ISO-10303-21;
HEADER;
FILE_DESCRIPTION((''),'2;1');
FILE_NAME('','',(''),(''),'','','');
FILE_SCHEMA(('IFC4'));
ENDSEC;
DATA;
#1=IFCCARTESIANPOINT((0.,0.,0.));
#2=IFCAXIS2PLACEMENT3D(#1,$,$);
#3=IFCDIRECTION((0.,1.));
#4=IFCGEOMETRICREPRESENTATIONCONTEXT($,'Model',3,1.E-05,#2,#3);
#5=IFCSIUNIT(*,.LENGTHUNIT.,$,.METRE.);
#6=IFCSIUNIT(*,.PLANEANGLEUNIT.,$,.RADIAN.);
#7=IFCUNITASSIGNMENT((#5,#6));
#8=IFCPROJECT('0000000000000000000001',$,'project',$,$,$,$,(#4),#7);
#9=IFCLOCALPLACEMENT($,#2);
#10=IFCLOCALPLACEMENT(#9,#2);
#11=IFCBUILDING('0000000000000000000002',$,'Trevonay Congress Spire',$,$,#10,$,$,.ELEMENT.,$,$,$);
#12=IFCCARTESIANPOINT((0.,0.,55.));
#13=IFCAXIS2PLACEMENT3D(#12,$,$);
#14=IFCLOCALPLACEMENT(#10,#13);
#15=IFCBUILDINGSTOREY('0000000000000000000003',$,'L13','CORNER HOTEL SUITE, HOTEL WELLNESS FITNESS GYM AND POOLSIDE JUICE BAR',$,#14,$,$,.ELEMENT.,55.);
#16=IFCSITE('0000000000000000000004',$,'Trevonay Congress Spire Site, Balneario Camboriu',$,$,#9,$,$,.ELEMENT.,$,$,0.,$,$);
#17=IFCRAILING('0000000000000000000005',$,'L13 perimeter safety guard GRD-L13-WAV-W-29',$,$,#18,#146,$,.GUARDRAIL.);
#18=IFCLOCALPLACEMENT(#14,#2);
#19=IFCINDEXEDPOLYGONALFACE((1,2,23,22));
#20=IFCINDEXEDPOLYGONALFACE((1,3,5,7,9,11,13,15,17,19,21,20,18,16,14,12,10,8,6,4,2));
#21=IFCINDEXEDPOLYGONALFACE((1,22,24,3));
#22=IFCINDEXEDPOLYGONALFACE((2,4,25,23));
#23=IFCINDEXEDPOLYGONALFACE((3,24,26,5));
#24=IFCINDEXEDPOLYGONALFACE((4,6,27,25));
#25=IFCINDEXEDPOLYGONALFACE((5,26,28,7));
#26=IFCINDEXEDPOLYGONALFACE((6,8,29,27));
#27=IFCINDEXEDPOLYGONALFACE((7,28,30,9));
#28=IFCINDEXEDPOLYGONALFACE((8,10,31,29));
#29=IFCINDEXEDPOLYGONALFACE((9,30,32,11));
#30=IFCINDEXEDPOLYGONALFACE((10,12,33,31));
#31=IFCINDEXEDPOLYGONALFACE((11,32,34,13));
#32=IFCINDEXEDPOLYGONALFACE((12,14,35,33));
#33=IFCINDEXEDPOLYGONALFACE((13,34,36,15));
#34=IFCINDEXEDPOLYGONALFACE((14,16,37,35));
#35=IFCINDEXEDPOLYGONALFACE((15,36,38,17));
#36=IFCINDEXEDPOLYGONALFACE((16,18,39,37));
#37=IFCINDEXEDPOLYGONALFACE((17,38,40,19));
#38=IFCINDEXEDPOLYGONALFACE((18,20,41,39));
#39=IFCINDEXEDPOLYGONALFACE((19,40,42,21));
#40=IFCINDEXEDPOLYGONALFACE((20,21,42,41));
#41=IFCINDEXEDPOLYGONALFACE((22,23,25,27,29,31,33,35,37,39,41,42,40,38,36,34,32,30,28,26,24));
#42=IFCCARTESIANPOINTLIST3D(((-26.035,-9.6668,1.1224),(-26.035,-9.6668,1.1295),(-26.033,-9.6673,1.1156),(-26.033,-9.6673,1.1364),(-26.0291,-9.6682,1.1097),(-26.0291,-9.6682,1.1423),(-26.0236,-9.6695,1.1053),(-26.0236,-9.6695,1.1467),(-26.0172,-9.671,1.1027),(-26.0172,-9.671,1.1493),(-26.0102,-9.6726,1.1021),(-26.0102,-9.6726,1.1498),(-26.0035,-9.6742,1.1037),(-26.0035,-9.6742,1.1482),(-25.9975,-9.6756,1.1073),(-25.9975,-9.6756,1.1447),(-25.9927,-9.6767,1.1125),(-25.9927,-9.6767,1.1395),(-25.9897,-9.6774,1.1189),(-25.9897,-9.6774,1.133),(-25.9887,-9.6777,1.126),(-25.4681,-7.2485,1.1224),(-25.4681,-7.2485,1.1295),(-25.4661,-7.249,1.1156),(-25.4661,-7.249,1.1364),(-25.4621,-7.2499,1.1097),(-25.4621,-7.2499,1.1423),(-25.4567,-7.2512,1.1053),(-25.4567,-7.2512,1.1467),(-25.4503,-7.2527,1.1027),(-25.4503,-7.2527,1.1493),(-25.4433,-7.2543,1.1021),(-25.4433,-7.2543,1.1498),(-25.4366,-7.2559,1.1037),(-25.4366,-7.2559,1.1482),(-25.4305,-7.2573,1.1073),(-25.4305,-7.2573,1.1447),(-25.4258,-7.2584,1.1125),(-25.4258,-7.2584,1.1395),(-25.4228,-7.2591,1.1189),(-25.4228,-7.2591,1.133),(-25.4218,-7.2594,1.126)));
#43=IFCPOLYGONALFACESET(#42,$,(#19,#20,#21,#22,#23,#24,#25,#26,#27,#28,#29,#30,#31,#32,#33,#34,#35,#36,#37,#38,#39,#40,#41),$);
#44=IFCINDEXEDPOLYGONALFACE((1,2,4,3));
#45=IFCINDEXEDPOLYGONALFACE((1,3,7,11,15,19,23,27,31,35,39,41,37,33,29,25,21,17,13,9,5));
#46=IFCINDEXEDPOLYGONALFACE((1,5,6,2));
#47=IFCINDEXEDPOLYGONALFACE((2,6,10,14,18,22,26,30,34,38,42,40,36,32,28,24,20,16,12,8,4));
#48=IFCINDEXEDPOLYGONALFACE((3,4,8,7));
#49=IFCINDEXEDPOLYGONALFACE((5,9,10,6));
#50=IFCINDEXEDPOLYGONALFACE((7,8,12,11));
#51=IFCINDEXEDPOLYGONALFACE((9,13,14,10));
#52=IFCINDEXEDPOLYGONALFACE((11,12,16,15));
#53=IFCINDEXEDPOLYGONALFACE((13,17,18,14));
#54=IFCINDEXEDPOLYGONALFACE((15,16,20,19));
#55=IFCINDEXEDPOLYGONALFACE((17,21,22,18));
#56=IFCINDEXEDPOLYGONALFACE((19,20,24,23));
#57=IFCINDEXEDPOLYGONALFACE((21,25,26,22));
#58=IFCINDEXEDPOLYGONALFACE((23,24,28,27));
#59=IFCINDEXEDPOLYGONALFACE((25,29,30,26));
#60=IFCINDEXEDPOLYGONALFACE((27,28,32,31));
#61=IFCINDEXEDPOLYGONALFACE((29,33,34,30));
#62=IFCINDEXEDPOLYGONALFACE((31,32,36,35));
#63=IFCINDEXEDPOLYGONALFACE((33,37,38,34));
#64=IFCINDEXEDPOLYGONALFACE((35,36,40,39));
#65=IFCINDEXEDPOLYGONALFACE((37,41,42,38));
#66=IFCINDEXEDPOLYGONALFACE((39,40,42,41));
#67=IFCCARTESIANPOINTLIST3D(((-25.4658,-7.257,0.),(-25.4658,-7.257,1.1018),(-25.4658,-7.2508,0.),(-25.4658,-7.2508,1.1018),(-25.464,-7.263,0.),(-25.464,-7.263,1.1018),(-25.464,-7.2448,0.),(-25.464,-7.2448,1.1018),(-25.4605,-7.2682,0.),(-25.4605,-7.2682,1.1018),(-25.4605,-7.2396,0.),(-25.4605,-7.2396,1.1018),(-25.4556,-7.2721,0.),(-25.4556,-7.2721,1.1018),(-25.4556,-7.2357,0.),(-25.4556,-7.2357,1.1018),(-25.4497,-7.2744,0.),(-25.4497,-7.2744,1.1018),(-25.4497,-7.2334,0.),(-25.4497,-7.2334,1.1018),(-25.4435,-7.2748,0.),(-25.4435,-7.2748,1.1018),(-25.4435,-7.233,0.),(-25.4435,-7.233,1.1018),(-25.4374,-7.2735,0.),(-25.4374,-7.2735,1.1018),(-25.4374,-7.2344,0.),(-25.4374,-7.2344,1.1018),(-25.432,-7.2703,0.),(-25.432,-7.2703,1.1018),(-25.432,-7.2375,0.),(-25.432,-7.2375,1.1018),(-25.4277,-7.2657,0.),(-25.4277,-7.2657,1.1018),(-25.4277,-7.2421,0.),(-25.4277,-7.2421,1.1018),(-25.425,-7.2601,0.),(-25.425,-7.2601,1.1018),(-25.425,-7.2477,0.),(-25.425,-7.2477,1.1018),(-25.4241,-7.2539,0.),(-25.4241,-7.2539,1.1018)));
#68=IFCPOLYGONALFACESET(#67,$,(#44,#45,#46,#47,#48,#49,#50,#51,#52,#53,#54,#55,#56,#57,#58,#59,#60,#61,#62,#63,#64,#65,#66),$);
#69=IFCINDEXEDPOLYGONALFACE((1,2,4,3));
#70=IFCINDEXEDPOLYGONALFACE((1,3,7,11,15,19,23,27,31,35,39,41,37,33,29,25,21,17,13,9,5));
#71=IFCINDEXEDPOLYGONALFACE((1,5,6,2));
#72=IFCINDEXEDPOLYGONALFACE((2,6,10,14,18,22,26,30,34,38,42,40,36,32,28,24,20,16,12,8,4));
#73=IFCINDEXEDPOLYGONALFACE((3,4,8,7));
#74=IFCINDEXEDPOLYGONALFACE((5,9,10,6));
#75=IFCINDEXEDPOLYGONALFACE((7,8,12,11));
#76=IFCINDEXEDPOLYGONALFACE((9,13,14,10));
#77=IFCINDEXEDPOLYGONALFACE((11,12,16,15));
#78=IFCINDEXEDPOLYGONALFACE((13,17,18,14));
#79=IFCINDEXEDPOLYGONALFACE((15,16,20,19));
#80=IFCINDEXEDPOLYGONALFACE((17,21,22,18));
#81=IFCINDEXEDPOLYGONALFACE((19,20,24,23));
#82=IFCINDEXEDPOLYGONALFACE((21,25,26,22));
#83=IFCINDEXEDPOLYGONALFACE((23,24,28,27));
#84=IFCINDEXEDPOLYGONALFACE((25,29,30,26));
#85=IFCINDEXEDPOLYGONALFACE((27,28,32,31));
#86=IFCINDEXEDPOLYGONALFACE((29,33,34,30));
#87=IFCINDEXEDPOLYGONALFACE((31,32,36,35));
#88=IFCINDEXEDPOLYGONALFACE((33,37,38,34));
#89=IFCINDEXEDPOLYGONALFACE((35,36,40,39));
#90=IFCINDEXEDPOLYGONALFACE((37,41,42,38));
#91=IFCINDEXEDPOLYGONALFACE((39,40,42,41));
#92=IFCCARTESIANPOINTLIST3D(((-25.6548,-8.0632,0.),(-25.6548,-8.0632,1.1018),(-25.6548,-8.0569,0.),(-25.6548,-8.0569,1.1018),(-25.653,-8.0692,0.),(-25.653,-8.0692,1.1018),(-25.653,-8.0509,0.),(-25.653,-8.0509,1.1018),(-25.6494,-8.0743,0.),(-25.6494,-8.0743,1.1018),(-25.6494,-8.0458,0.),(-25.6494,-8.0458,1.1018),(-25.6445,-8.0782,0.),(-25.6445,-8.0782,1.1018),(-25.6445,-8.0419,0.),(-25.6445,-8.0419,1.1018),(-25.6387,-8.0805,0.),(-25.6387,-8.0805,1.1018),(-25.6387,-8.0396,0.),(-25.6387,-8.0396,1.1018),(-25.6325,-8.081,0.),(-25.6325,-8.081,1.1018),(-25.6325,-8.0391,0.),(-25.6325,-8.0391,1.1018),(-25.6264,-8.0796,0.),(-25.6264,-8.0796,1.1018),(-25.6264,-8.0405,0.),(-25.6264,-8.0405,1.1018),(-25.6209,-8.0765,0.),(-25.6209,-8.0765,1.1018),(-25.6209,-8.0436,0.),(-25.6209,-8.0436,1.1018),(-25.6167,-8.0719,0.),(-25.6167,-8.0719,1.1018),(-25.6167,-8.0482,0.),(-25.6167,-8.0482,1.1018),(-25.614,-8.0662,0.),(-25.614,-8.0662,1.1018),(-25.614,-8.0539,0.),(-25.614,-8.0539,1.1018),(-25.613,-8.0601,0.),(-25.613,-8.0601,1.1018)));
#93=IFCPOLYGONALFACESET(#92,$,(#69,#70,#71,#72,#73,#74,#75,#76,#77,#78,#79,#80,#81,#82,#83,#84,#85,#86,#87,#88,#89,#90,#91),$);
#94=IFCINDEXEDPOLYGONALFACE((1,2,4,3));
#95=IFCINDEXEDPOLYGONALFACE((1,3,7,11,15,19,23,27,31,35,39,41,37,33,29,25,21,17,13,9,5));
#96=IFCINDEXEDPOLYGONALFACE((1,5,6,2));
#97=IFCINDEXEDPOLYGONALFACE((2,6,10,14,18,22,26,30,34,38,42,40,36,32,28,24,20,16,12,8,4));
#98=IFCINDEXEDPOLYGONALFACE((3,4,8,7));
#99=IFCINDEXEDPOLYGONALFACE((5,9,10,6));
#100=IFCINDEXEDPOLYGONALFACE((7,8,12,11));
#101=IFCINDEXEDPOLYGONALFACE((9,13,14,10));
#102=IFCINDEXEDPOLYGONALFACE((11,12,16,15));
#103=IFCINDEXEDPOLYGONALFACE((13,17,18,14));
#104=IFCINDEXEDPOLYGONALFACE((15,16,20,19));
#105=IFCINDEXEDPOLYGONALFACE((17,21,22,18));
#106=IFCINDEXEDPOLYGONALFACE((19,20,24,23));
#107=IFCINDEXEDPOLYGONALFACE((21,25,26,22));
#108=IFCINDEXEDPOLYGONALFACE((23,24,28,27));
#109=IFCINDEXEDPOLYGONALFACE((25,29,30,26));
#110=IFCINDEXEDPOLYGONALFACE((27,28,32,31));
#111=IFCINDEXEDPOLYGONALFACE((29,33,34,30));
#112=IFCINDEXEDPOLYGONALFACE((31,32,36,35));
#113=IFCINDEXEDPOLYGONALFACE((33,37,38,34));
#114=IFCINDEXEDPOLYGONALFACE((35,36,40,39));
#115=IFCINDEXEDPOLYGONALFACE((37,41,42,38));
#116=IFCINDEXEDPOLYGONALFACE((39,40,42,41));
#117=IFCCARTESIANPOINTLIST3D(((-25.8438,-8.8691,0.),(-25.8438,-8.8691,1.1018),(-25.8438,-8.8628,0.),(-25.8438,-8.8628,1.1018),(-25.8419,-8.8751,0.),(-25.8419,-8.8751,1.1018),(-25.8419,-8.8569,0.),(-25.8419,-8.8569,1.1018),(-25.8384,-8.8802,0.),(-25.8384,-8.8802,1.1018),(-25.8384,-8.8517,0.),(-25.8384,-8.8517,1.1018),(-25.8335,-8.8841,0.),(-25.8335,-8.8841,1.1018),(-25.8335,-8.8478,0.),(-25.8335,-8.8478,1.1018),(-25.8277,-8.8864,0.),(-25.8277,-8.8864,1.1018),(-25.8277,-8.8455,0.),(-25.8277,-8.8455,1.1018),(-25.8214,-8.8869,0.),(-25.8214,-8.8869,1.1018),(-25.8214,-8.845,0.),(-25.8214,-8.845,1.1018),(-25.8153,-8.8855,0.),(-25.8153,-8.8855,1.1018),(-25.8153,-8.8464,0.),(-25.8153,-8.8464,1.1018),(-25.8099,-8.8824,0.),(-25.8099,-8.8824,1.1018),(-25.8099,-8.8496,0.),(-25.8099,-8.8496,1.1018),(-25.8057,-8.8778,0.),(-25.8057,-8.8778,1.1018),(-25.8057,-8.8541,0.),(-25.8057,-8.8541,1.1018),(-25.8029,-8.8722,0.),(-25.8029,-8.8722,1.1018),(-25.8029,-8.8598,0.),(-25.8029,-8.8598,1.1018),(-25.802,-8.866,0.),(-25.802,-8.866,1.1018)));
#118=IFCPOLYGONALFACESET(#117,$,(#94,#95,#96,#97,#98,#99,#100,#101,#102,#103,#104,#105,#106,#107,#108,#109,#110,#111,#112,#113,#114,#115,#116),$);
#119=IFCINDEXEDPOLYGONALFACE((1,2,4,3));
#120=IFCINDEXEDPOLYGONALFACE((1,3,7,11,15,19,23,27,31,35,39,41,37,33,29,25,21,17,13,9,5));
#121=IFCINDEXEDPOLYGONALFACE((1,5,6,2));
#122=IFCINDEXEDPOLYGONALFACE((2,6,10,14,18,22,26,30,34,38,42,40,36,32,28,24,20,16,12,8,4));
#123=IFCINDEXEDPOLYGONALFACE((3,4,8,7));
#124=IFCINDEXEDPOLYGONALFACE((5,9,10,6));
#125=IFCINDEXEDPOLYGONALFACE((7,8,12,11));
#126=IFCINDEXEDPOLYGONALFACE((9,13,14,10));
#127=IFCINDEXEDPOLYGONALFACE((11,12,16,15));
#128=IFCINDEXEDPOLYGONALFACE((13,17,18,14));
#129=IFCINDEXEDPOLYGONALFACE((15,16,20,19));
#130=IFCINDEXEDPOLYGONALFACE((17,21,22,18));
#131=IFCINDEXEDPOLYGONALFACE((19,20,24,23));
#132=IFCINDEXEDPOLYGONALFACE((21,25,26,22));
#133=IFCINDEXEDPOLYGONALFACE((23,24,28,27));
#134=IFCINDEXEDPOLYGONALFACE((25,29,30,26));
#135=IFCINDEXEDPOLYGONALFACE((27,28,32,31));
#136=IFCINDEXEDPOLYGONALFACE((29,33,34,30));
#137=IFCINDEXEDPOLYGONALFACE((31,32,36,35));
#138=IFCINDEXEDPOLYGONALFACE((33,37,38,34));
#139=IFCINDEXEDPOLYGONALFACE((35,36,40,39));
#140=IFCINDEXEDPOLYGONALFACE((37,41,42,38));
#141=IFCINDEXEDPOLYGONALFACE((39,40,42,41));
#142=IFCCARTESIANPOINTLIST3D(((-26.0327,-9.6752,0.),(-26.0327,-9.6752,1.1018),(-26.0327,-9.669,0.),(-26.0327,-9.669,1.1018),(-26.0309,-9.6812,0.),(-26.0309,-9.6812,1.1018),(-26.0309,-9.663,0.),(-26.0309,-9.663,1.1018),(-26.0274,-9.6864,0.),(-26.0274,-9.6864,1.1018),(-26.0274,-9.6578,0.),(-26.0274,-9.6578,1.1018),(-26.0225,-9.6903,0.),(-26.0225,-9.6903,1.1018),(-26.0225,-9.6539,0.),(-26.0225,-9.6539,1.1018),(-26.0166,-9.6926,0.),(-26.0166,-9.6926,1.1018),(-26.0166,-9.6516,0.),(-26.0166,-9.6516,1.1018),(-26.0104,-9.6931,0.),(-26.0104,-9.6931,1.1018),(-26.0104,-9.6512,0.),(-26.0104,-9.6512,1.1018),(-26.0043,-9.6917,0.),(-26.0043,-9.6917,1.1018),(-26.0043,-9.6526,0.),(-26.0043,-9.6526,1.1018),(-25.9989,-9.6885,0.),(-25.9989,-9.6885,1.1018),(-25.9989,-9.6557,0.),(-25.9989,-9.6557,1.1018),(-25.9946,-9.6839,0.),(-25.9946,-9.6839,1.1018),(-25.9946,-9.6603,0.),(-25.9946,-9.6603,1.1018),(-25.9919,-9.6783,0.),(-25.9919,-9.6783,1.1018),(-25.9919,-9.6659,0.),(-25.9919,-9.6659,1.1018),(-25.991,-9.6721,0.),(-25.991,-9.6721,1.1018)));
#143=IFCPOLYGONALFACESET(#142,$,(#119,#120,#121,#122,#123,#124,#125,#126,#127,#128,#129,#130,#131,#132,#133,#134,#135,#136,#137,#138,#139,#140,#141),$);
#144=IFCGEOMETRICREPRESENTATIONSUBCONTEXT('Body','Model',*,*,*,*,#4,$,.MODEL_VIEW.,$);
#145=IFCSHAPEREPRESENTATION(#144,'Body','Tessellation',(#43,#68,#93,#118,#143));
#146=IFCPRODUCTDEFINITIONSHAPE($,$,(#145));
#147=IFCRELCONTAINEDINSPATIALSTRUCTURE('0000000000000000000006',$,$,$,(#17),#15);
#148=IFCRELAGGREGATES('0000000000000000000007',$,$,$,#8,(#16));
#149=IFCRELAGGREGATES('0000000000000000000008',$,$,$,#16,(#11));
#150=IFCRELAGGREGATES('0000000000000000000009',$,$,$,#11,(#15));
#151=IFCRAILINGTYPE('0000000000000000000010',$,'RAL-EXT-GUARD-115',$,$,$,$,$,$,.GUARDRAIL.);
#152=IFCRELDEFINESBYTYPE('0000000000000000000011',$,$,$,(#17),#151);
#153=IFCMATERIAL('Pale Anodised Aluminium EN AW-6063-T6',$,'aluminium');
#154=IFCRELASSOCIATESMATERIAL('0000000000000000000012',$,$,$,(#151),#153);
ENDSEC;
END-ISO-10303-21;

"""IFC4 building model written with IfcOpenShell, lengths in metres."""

from ifc_helpers import new_model, si_unit, direction, frame, origin, origin_2d, place, context, subcontext, project, spatial, circle, extrude, material, type_object, element, save


model = new_model("IFC4")

# Units and contexts
model_context = context("Model", 3, precision=1e-05, world=origin(), true_north=direction((0.0, 1.0)))
body_context = subcontext(model_context, "Body", "Model", "MODEL_VIEW")
ifc_project = project(units=[si_unit("LENGTHUNIT", "METRE"), si_unit("PLANEANGLEUNIT", "RADIAN")], contexts=[model_context])

# Site, building, storey
site_placement = place(None, origin())
site = spatial("IfcSite", under=ifc_project, at=site_placement, Name="Trevonay Congress Spire Site, Balneario Camboriu", CompositionType="ELEMENT", RefElevation=0.0)
building_placement = place(site_placement, origin())
building = spatial("IfcBuilding", under=site, at=building_placement, Name="Trevonay Congress Spire", CompositionType="ELEMENT")
storey_placement = place(building_placement, frame((0.0, 0.0, 55.0)))
storey = spatial("IfcBuildingStorey", under=building, at=storey_placement, Name="L13", Description="CORNER HOTEL SUITE, HOTEL WELLNESS FITNESS GYM AND POOLSIDE JUICE BAR", CompositionType="ELEMENT", Elevation=55.0)

# Shared definitions
ifc_material_1 = material(Name="Pale Anodised Aluminium EN AW-6063-T6", Category="aluminium")

# Railing
railing_type = type_object("IfcRailingType", Name="RAL-EXT-GUARD-115", PredefinedType="GUARDRAIL", material=ifc_material_1)
railing_1_placement = place(storey_placement, frame((-25.4451, -7.2539, 0.0)))
element("IfcRailing", 1, at=railing_1_placement, inside=storey, type_object=railing_type, Name="L13 perimeter safety guard GRD-L13-WAV-W-29", PredefinedType="GUARDRAIL", context=body_context, shape_type="SweptSolid", body=[
    extrude(circle(Radius=0.0239, at=origin_2d()), frame((0.0, 0.0, 1.126), z_axis=(-0.228239, -0.973605, 0.0), x_axis=(0.973605, -0.228239, 0.0)), (0.0, 0.0, 1.0), 2.4839),
    extrude(circle(Radius=0.021, at=origin_2d()), origin(), (0.0, 0.0, 1.0), 1.1018),
    extrude(circle(Radius=0.021, at=origin_2d()), frame((-0.189, -0.8062, 0.0)), (0.0, 0.0, 1.0), 1.1018),
    extrude(circle(Radius=0.021, at=origin_2d()), frame((-0.3779, -1.6121, 0.0)), (0.0, 0.0, 1.0), 1.1018),
    extrude(circle(Radius=0.021, at=origin_2d()), frame((-0.5669, -2.4182, 0.0)), (0.0, 0.0, 1.0), 1.1018),
])

save(model, "model.ifc")
